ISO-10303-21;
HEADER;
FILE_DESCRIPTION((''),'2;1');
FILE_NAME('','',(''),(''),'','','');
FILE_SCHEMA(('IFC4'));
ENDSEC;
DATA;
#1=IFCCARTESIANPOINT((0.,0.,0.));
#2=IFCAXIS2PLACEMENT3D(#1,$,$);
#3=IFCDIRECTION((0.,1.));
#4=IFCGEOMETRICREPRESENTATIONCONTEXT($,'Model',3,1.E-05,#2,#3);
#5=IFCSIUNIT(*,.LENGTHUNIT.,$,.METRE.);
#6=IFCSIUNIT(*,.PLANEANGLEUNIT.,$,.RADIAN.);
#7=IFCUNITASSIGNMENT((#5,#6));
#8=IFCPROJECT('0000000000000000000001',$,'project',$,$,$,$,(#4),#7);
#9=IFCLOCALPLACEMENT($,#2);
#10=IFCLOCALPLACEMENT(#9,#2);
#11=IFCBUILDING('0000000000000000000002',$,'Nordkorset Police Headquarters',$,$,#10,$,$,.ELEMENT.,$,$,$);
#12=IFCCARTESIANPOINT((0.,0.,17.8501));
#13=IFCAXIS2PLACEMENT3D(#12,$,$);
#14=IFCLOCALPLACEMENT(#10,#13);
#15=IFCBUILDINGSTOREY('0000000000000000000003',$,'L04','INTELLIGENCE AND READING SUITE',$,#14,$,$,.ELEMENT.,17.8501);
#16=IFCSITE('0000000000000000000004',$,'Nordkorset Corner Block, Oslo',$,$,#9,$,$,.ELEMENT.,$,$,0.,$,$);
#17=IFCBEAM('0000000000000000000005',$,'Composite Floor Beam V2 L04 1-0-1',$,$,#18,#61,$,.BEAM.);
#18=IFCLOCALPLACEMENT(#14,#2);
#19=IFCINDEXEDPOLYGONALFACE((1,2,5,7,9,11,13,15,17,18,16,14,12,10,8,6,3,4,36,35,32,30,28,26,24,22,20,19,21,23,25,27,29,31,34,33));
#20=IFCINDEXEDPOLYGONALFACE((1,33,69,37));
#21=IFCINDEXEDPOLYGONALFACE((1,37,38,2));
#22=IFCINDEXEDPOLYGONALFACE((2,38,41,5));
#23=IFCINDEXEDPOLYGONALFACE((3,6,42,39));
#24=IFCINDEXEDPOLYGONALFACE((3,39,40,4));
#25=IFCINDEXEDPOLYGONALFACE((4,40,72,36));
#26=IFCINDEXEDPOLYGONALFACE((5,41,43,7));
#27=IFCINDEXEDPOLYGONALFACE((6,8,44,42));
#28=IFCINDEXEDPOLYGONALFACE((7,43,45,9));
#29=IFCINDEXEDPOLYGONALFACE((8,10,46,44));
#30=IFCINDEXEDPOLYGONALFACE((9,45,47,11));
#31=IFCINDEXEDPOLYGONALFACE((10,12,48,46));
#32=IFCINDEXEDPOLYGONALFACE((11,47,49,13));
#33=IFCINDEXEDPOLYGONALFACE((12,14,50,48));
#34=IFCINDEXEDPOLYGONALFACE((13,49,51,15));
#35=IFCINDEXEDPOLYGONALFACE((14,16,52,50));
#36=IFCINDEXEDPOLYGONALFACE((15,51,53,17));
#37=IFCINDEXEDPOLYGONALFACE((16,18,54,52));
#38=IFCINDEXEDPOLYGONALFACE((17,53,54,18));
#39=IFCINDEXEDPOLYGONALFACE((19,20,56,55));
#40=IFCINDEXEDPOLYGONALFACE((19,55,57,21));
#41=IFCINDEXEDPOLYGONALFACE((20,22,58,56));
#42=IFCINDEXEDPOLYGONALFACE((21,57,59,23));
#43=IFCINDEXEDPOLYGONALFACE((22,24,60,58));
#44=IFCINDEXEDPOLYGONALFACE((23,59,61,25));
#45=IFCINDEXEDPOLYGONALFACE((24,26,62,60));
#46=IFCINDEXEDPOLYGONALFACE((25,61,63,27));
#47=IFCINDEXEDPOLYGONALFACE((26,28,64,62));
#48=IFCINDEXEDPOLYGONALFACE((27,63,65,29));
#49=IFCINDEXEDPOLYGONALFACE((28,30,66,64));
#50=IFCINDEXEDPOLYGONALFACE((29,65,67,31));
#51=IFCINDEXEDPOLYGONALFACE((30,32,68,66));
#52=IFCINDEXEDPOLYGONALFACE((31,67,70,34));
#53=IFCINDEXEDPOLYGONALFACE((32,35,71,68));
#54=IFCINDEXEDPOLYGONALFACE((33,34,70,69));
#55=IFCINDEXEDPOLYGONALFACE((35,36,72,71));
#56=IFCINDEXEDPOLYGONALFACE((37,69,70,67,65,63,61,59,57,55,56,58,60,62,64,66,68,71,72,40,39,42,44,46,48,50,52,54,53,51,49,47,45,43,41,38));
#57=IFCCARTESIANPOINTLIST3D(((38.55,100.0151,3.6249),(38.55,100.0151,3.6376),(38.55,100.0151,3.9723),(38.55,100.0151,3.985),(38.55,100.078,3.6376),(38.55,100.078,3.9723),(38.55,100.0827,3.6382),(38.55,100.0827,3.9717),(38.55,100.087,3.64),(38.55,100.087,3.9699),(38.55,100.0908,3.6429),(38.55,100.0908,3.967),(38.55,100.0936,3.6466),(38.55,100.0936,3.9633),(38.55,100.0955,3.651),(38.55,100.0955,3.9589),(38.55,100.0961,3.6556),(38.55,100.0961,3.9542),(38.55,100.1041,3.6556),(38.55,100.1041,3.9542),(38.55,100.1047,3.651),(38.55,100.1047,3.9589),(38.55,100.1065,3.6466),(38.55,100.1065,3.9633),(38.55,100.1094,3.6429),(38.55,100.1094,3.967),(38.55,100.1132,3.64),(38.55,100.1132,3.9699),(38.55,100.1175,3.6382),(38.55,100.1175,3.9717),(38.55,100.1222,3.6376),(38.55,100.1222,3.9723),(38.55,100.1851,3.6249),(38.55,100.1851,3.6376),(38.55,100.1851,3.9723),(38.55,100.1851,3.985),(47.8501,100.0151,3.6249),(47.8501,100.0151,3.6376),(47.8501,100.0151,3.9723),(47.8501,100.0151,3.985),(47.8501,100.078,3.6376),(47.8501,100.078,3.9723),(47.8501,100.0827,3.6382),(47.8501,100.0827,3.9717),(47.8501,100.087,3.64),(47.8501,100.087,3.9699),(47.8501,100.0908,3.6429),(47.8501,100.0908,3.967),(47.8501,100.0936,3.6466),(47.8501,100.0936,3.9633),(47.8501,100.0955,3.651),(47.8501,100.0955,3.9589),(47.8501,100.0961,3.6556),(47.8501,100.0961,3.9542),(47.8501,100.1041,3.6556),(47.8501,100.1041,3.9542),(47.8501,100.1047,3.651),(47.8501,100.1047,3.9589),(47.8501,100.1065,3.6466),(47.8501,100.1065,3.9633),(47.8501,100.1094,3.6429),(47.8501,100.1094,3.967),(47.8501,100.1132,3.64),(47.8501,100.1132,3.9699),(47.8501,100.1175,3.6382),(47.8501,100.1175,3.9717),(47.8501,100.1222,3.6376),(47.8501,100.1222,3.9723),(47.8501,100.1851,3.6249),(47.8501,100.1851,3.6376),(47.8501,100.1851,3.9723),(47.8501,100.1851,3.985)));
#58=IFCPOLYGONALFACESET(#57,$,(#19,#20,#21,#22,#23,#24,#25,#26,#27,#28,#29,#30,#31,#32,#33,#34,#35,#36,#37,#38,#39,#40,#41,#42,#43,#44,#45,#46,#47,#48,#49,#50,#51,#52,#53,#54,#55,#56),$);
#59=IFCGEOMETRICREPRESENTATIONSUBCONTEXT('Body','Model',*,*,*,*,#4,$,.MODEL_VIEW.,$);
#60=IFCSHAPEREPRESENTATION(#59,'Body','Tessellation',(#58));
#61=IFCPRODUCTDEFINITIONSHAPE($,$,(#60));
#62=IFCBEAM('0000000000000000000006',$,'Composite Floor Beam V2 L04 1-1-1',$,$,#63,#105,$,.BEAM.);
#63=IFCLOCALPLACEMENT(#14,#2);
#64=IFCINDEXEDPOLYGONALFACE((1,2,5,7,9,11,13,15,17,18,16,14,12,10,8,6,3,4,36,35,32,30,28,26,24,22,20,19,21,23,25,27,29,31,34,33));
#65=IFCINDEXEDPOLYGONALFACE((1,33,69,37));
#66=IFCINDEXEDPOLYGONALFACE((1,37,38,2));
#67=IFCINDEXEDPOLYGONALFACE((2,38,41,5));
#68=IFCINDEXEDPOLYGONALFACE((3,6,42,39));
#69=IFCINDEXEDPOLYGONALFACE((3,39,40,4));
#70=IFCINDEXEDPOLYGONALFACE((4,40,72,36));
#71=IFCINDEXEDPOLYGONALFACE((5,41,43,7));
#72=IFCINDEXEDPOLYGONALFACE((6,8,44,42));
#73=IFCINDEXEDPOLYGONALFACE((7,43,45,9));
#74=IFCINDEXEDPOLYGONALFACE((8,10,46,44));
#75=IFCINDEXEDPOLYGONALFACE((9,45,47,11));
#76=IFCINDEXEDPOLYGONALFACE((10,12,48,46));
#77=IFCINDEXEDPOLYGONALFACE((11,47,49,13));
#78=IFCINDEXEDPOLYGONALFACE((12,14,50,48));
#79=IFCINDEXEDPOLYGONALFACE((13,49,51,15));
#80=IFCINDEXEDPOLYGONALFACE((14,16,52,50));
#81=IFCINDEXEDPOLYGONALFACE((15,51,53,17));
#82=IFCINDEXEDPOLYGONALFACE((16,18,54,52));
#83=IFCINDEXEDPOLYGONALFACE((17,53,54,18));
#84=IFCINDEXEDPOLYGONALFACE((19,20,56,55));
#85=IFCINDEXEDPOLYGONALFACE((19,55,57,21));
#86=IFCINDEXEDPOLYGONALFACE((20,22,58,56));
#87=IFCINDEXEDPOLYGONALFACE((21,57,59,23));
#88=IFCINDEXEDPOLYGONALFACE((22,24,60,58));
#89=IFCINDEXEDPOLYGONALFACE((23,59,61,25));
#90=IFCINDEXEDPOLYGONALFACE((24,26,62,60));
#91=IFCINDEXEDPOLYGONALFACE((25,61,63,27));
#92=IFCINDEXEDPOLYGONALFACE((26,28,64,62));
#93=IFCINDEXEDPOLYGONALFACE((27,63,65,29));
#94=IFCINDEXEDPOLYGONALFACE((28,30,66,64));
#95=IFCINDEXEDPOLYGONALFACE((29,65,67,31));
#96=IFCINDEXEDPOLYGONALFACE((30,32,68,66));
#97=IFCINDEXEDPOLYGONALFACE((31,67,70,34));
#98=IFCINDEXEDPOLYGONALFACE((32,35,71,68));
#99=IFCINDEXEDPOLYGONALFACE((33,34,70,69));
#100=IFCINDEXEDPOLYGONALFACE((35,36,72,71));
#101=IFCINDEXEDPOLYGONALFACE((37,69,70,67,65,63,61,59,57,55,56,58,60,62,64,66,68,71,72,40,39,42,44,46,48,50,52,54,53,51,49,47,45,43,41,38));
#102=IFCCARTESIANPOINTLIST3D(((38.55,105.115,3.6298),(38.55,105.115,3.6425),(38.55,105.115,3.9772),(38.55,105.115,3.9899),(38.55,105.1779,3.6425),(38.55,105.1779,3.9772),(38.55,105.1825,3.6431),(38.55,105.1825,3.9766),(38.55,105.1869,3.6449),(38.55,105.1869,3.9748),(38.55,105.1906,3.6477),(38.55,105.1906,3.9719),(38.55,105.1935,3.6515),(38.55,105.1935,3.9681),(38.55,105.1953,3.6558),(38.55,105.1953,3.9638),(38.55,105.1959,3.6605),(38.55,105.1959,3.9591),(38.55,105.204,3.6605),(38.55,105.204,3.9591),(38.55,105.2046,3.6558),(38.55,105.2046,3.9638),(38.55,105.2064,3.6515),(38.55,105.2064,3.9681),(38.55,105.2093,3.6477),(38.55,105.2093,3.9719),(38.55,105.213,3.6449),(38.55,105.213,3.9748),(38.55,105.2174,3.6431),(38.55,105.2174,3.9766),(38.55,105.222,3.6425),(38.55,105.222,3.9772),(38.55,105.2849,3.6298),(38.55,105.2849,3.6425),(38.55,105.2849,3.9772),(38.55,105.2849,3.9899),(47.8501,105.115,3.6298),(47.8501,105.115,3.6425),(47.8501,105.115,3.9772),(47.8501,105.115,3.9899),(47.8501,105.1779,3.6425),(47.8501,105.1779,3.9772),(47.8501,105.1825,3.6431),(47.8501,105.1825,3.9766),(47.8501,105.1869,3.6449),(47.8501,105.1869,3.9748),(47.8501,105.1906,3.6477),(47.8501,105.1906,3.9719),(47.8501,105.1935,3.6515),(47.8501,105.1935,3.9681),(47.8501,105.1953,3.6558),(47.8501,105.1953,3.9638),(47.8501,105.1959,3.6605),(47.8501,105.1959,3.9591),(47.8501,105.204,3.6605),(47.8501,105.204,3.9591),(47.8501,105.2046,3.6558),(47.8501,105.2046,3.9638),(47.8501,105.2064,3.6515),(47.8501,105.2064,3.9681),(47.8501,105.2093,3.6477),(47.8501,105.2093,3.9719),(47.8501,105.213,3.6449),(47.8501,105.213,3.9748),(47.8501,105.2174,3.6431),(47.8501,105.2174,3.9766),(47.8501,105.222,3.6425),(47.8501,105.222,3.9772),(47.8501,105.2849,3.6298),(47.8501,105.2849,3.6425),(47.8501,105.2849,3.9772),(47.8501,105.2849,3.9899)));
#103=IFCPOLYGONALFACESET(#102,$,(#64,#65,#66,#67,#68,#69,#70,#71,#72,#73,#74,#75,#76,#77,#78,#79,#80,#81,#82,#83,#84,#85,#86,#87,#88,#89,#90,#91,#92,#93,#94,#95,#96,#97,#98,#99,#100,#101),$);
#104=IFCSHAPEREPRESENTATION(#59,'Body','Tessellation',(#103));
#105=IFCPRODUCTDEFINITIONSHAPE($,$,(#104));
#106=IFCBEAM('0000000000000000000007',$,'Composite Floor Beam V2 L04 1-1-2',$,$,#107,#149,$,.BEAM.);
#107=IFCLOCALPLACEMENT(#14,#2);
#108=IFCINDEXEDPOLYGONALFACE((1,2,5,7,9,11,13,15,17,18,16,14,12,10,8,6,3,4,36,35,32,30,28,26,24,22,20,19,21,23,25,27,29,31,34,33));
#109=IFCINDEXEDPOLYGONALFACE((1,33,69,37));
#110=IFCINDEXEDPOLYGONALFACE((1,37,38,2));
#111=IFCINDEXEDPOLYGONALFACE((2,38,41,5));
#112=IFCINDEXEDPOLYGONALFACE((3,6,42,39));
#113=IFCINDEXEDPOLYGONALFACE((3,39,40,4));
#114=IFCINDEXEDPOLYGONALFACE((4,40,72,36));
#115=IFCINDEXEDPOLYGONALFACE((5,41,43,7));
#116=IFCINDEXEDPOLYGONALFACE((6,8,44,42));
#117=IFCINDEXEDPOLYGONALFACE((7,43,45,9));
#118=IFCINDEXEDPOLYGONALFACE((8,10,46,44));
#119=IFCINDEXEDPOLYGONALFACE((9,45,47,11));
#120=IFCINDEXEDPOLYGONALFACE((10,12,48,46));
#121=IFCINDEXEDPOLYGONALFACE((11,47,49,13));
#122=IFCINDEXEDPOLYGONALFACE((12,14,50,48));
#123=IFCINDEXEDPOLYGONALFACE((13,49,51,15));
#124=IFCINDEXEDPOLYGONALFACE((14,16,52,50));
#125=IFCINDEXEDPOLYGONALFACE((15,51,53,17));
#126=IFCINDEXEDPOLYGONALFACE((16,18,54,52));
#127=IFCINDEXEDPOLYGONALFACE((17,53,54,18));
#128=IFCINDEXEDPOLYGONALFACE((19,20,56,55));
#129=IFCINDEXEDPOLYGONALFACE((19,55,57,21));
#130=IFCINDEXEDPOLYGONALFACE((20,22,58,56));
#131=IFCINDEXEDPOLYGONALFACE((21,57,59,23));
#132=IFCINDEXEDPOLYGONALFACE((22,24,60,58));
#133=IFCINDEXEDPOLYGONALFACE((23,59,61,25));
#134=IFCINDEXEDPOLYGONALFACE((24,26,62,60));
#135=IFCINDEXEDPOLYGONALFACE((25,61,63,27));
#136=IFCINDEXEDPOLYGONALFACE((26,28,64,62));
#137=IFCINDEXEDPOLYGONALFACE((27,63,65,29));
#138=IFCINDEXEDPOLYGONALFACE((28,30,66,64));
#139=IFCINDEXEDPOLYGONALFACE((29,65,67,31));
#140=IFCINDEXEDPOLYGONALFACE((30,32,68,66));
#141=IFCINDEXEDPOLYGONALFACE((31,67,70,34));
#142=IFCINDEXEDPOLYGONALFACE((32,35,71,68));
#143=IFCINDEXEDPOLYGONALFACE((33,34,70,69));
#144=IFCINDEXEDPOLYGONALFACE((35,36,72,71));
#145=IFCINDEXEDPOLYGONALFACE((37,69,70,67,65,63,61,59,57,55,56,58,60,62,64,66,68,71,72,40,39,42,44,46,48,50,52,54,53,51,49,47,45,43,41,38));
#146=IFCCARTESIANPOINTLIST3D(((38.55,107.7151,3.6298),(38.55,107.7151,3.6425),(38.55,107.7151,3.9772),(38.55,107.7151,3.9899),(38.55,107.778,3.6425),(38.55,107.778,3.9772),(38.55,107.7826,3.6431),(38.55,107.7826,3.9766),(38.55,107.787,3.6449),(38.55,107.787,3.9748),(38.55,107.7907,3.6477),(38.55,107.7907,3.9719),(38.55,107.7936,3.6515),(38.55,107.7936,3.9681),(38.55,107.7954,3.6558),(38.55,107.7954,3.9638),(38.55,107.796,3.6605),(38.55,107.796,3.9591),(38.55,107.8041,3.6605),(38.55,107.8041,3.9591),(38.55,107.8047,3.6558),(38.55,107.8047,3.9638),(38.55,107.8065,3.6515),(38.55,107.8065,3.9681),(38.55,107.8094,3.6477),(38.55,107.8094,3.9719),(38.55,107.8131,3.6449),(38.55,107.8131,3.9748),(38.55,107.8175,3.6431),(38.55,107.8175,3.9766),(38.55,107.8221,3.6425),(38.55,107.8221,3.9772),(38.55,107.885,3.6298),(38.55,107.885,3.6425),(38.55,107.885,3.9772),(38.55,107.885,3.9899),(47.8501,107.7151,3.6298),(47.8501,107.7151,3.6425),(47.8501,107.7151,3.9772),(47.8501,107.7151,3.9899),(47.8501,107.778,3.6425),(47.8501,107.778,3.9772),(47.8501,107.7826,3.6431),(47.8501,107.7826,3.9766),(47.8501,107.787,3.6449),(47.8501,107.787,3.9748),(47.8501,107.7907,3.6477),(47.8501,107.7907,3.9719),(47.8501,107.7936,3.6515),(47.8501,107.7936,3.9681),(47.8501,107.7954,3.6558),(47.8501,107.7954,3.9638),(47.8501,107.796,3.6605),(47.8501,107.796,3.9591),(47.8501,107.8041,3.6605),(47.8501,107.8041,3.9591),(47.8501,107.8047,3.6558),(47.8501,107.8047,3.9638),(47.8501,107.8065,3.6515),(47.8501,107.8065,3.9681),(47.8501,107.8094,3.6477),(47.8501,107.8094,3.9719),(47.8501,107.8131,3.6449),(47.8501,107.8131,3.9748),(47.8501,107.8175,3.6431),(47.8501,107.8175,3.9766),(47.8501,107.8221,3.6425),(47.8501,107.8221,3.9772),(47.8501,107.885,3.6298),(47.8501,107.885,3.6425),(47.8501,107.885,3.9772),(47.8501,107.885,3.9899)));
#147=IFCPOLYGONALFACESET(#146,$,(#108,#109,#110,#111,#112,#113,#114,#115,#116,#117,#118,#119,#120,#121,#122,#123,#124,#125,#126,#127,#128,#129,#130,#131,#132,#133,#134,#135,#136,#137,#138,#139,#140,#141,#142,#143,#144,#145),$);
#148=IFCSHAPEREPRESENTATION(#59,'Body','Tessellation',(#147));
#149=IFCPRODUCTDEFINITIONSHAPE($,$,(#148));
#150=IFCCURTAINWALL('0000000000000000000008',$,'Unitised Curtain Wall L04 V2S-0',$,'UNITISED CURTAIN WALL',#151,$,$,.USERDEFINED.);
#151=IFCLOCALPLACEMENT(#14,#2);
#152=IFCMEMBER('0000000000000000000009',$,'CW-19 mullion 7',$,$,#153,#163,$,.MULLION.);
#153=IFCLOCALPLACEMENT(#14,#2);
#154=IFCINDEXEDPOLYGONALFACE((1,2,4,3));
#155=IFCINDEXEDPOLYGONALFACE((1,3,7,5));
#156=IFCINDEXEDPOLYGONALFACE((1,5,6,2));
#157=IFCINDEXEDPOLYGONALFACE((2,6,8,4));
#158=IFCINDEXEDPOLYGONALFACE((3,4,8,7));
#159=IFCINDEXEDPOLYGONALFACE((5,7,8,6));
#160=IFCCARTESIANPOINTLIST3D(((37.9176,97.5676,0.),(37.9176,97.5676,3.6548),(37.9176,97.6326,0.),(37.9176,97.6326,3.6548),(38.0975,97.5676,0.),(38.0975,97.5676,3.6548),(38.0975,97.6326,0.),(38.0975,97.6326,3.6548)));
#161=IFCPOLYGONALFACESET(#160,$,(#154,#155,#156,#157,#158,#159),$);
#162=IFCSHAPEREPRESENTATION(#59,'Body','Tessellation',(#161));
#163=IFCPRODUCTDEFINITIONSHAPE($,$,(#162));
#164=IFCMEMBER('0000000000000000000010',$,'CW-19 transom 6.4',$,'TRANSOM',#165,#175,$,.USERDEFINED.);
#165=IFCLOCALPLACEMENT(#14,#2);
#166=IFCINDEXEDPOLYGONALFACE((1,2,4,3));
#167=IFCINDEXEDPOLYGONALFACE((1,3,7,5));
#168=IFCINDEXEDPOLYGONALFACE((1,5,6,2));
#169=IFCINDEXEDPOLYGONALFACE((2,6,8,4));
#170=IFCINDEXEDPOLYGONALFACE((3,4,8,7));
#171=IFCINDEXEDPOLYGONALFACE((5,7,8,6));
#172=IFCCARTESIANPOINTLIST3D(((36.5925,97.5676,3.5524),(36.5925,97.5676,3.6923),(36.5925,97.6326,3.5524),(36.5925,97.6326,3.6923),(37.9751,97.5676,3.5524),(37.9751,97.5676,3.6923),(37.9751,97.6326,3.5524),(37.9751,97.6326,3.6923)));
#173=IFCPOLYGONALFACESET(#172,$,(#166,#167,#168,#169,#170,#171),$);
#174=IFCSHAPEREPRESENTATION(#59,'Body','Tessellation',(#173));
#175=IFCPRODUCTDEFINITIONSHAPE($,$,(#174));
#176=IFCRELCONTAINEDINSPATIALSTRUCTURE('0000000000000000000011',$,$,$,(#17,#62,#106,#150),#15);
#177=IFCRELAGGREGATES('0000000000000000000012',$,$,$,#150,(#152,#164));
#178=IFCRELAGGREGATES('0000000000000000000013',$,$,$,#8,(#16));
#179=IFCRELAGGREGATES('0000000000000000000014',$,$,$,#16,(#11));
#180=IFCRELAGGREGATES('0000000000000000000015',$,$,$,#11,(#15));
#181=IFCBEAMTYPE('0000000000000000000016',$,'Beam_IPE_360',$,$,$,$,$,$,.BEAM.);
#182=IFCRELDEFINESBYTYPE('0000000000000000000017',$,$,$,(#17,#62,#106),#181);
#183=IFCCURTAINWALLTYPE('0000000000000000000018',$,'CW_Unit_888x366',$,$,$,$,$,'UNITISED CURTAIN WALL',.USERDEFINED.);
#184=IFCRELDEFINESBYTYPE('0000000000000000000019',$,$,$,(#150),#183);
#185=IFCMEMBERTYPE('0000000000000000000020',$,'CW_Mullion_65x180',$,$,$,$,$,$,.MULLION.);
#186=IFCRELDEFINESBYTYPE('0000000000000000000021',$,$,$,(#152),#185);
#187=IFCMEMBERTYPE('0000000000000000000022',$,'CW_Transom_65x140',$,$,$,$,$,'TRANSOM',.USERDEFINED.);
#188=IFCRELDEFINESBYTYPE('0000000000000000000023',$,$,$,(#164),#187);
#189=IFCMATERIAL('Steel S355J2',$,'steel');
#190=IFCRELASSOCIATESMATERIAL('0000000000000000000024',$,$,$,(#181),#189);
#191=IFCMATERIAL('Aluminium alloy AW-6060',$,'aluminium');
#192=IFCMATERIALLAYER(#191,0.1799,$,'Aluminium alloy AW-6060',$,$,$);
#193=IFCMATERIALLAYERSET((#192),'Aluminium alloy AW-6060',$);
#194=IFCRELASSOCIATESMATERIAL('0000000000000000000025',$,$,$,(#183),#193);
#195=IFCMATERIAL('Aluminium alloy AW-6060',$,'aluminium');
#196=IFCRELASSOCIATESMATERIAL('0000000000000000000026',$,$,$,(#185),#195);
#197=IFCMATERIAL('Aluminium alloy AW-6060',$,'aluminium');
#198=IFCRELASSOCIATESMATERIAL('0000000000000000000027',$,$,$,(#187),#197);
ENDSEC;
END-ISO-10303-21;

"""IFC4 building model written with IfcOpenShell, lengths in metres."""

from ifc_helpers import new_model, si_unit, direction, frame, origin, origin_2d, place, context, subcontext, project, spatial, rectangle, i_section, extrude, material, layer, layer_set, material_profile, profile_set, type_object, element, aggregate, save


model = new_model("IFC4")

# Units and contexts
model_context = context("Model", 3, precision=1e-05, world=origin(), true_north=direction((0.0, 1.0)))
body_context = subcontext(model_context, "Body", "Model", "MODEL_VIEW")
ifc_project = project(units=[si_unit("LENGTHUNIT", "METRE"), si_unit("PLANEANGLEUNIT", "RADIAN")], contexts=[model_context])

# Site, building, storey
site_placement = place(None, origin())
site = spatial("IfcSite", under=ifc_project, at=site_placement, Name="Nordkorset Corner Block, Oslo", CompositionType="ELEMENT", RefElevation=0.0)
building_placement = place(site_placement, origin())
building = spatial("IfcBuilding", under=site, at=building_placement, Name="Nordkorset Police Headquarters", CompositionType="ELEMENT")
storey_placement = place(building_placement, frame((0.0, 0.0, 17.8501)))
storey = spatial("IfcBuildingStorey", under=building, at=storey_placement, Name="L04", Description="INTELLIGENCE AND READING SUITE", CompositionType="ELEMENT", Elevation=17.8501)

# Beams
ifc_material_1 = material(Name="Steel S355J2", Category="steel")
ifc_material_profile_1 = material_profile(ifc_material_1, i_section(OverallWidth=0.1699, OverallDepth=0.3601, WebThickness=0.0081, FlangeThickness=0.0127, FilletRadius=0.0181, at=origin_2d()), Name="IPE 360")
ifc_profile_set_1 = profile_set([ifc_material_profile_1], Name="Steel S355J2")
beam_type_1 = type_object("IfcBeamType", Name="Beam_IPE_360", PredefinedType="BEAM", material=ifc_profile_set_1)
for number, where, z_axis, x_axis, name in (
    (1, (38.55, 100.1001, 3.8049), (1.0, 0.0, 0.0), (0.0, 1.0, 0.0), "Composite Floor Beam V2 L04 1-0-1"),
    (2, (38.55, 105.2, 3.8098), (1.0, 0.0, 0.0), (0.0, 1.0, 0.0), "Composite Floor Beam V2 L04 1-1-1"),
    (3, (38.55, 107.8, 3.8098), (1.0, 0.0, 0.0), (0.0, 1.0, 0.0), "Composite Floor Beam V2 L04 1-1-2"),
):
    element("IfcBeam", number, at=place(storey_placement, frame(where, z_axis=z_axis, x_axis=x_axis)), inside=storey, type_object=beam_type_1, Name=name, PredefinedType="BEAM", context=body_context, shape_type="SweptSolid", body=[
        extrude(i_section(OverallWidth=0.1699, OverallDepth=0.3601, WebThickness=0.0081, FlangeThickness=0.0127, FilletRadius=0.0181, at=origin_2d()), origin(), (0.0, 0.0, 1.0), 9.3),
    ])

# Curtain wall, members
ifc_material_2 = material(Name="Aluminium alloy AW-6060", Category="aluminium")
ifc_layer_1 = layer(ifc_material_2, 0.1799, Name="Aluminium alloy AW-6060")
ifc_layer_set_1 = layer_set([ifc_layer_1], Name="Aluminium alloy AW-6060")
curtain_wall_type = type_object("IfcCurtainWallType", Name="CW_Unit_888x366", ElementType="UNITISED CURTAIN WALL", PredefinedType="USERDEFINED", material=ifc_layer_set_1)
curtain_wall_placement = place(storey_placement, origin())
curtain_wall = element("IfcCurtainWall", 4, at=curtain_wall_placement, inside=storey, type_object=curtain_wall_type, Name="Unitised Curtain Wall L04 V2S-0", ObjectType="UNITISED CURTAIN WALL", PredefinedType="USERDEFINED")
ifc_material_3 = material(Name="Aluminium alloy AW-6060", Category="aluminium")
ifc_material_profile_2 = material_profile(ifc_material_3, rectangle(XDim=0.0649, YDim=0.1799, at=origin_2d()), Name="ALU MULL 65x180")
ifc_profile_set_2 = profile_set([ifc_material_profile_2], Name="Aluminium alloy AW-6060")
member_type_1 = type_object("IfcMemberType", Name="CW_Mullion_65x180", PredefinedType="MULLION", material=ifc_profile_set_2)
member_1_placement = place(storey_placement, frame((38.0076, 97.6001, 0.0), z_axis=(0.0, 0.0, 1.0), x_axis=(0.0, 1.0, 0.0)))
member_1 = element("IfcMember", 5, at=member_1_placement, type_object=member_type_1, Name="CW-19 mullion 7", PredefinedType="MULLION", context=body_context, shape_type="SweptSolid", body=[
    extrude(rectangle(XDim=0.0649, YDim=0.1799, at=origin_2d()), origin(), (0.0, 0.0, 1.0), 3.6548),
])
ifc_material_4 = material(Name="Aluminium alloy AW-6060", Category="aluminium")
ifc_material_profile_3 = material_profile(ifc_material_4, rectangle(XDim=0.0649, YDim=0.1399, at=origin_2d()), Name="ALU TRAN 65x140")
ifc_profile_set_3 = profile_set([ifc_material_profile_3], Name="Aluminium alloy AW-6060")
member_type_2 = type_object("IfcMemberType", Name="CW_Transom_65x140", ElementType="TRANSOM", PredefinedType="USERDEFINED", material=ifc_profile_set_3)
member_2_placement = place(storey_placement, frame((36.5925, 97.6001, 3.6223), z_axis=(1.0, 0.0, 0.0), x_axis=(0.0, 1.0, 0.0)))
member_2 = element("IfcMember", 6, at=member_2_placement, type_object=member_type_2, Name="CW-19 transom 6.4", ObjectType="TRANSOM", PredefinedType="USERDEFINED", context=body_context, shape_type="SweptSolid", body=[
    extrude(rectangle(XDim=0.0649, YDim=0.1399, at=origin_2d()), origin(), (0.0, 0.0, 1.0), 1.3826),
])

aggregate(curtain_wall, [member_1, member_2])

save(model, "model.ifc")
